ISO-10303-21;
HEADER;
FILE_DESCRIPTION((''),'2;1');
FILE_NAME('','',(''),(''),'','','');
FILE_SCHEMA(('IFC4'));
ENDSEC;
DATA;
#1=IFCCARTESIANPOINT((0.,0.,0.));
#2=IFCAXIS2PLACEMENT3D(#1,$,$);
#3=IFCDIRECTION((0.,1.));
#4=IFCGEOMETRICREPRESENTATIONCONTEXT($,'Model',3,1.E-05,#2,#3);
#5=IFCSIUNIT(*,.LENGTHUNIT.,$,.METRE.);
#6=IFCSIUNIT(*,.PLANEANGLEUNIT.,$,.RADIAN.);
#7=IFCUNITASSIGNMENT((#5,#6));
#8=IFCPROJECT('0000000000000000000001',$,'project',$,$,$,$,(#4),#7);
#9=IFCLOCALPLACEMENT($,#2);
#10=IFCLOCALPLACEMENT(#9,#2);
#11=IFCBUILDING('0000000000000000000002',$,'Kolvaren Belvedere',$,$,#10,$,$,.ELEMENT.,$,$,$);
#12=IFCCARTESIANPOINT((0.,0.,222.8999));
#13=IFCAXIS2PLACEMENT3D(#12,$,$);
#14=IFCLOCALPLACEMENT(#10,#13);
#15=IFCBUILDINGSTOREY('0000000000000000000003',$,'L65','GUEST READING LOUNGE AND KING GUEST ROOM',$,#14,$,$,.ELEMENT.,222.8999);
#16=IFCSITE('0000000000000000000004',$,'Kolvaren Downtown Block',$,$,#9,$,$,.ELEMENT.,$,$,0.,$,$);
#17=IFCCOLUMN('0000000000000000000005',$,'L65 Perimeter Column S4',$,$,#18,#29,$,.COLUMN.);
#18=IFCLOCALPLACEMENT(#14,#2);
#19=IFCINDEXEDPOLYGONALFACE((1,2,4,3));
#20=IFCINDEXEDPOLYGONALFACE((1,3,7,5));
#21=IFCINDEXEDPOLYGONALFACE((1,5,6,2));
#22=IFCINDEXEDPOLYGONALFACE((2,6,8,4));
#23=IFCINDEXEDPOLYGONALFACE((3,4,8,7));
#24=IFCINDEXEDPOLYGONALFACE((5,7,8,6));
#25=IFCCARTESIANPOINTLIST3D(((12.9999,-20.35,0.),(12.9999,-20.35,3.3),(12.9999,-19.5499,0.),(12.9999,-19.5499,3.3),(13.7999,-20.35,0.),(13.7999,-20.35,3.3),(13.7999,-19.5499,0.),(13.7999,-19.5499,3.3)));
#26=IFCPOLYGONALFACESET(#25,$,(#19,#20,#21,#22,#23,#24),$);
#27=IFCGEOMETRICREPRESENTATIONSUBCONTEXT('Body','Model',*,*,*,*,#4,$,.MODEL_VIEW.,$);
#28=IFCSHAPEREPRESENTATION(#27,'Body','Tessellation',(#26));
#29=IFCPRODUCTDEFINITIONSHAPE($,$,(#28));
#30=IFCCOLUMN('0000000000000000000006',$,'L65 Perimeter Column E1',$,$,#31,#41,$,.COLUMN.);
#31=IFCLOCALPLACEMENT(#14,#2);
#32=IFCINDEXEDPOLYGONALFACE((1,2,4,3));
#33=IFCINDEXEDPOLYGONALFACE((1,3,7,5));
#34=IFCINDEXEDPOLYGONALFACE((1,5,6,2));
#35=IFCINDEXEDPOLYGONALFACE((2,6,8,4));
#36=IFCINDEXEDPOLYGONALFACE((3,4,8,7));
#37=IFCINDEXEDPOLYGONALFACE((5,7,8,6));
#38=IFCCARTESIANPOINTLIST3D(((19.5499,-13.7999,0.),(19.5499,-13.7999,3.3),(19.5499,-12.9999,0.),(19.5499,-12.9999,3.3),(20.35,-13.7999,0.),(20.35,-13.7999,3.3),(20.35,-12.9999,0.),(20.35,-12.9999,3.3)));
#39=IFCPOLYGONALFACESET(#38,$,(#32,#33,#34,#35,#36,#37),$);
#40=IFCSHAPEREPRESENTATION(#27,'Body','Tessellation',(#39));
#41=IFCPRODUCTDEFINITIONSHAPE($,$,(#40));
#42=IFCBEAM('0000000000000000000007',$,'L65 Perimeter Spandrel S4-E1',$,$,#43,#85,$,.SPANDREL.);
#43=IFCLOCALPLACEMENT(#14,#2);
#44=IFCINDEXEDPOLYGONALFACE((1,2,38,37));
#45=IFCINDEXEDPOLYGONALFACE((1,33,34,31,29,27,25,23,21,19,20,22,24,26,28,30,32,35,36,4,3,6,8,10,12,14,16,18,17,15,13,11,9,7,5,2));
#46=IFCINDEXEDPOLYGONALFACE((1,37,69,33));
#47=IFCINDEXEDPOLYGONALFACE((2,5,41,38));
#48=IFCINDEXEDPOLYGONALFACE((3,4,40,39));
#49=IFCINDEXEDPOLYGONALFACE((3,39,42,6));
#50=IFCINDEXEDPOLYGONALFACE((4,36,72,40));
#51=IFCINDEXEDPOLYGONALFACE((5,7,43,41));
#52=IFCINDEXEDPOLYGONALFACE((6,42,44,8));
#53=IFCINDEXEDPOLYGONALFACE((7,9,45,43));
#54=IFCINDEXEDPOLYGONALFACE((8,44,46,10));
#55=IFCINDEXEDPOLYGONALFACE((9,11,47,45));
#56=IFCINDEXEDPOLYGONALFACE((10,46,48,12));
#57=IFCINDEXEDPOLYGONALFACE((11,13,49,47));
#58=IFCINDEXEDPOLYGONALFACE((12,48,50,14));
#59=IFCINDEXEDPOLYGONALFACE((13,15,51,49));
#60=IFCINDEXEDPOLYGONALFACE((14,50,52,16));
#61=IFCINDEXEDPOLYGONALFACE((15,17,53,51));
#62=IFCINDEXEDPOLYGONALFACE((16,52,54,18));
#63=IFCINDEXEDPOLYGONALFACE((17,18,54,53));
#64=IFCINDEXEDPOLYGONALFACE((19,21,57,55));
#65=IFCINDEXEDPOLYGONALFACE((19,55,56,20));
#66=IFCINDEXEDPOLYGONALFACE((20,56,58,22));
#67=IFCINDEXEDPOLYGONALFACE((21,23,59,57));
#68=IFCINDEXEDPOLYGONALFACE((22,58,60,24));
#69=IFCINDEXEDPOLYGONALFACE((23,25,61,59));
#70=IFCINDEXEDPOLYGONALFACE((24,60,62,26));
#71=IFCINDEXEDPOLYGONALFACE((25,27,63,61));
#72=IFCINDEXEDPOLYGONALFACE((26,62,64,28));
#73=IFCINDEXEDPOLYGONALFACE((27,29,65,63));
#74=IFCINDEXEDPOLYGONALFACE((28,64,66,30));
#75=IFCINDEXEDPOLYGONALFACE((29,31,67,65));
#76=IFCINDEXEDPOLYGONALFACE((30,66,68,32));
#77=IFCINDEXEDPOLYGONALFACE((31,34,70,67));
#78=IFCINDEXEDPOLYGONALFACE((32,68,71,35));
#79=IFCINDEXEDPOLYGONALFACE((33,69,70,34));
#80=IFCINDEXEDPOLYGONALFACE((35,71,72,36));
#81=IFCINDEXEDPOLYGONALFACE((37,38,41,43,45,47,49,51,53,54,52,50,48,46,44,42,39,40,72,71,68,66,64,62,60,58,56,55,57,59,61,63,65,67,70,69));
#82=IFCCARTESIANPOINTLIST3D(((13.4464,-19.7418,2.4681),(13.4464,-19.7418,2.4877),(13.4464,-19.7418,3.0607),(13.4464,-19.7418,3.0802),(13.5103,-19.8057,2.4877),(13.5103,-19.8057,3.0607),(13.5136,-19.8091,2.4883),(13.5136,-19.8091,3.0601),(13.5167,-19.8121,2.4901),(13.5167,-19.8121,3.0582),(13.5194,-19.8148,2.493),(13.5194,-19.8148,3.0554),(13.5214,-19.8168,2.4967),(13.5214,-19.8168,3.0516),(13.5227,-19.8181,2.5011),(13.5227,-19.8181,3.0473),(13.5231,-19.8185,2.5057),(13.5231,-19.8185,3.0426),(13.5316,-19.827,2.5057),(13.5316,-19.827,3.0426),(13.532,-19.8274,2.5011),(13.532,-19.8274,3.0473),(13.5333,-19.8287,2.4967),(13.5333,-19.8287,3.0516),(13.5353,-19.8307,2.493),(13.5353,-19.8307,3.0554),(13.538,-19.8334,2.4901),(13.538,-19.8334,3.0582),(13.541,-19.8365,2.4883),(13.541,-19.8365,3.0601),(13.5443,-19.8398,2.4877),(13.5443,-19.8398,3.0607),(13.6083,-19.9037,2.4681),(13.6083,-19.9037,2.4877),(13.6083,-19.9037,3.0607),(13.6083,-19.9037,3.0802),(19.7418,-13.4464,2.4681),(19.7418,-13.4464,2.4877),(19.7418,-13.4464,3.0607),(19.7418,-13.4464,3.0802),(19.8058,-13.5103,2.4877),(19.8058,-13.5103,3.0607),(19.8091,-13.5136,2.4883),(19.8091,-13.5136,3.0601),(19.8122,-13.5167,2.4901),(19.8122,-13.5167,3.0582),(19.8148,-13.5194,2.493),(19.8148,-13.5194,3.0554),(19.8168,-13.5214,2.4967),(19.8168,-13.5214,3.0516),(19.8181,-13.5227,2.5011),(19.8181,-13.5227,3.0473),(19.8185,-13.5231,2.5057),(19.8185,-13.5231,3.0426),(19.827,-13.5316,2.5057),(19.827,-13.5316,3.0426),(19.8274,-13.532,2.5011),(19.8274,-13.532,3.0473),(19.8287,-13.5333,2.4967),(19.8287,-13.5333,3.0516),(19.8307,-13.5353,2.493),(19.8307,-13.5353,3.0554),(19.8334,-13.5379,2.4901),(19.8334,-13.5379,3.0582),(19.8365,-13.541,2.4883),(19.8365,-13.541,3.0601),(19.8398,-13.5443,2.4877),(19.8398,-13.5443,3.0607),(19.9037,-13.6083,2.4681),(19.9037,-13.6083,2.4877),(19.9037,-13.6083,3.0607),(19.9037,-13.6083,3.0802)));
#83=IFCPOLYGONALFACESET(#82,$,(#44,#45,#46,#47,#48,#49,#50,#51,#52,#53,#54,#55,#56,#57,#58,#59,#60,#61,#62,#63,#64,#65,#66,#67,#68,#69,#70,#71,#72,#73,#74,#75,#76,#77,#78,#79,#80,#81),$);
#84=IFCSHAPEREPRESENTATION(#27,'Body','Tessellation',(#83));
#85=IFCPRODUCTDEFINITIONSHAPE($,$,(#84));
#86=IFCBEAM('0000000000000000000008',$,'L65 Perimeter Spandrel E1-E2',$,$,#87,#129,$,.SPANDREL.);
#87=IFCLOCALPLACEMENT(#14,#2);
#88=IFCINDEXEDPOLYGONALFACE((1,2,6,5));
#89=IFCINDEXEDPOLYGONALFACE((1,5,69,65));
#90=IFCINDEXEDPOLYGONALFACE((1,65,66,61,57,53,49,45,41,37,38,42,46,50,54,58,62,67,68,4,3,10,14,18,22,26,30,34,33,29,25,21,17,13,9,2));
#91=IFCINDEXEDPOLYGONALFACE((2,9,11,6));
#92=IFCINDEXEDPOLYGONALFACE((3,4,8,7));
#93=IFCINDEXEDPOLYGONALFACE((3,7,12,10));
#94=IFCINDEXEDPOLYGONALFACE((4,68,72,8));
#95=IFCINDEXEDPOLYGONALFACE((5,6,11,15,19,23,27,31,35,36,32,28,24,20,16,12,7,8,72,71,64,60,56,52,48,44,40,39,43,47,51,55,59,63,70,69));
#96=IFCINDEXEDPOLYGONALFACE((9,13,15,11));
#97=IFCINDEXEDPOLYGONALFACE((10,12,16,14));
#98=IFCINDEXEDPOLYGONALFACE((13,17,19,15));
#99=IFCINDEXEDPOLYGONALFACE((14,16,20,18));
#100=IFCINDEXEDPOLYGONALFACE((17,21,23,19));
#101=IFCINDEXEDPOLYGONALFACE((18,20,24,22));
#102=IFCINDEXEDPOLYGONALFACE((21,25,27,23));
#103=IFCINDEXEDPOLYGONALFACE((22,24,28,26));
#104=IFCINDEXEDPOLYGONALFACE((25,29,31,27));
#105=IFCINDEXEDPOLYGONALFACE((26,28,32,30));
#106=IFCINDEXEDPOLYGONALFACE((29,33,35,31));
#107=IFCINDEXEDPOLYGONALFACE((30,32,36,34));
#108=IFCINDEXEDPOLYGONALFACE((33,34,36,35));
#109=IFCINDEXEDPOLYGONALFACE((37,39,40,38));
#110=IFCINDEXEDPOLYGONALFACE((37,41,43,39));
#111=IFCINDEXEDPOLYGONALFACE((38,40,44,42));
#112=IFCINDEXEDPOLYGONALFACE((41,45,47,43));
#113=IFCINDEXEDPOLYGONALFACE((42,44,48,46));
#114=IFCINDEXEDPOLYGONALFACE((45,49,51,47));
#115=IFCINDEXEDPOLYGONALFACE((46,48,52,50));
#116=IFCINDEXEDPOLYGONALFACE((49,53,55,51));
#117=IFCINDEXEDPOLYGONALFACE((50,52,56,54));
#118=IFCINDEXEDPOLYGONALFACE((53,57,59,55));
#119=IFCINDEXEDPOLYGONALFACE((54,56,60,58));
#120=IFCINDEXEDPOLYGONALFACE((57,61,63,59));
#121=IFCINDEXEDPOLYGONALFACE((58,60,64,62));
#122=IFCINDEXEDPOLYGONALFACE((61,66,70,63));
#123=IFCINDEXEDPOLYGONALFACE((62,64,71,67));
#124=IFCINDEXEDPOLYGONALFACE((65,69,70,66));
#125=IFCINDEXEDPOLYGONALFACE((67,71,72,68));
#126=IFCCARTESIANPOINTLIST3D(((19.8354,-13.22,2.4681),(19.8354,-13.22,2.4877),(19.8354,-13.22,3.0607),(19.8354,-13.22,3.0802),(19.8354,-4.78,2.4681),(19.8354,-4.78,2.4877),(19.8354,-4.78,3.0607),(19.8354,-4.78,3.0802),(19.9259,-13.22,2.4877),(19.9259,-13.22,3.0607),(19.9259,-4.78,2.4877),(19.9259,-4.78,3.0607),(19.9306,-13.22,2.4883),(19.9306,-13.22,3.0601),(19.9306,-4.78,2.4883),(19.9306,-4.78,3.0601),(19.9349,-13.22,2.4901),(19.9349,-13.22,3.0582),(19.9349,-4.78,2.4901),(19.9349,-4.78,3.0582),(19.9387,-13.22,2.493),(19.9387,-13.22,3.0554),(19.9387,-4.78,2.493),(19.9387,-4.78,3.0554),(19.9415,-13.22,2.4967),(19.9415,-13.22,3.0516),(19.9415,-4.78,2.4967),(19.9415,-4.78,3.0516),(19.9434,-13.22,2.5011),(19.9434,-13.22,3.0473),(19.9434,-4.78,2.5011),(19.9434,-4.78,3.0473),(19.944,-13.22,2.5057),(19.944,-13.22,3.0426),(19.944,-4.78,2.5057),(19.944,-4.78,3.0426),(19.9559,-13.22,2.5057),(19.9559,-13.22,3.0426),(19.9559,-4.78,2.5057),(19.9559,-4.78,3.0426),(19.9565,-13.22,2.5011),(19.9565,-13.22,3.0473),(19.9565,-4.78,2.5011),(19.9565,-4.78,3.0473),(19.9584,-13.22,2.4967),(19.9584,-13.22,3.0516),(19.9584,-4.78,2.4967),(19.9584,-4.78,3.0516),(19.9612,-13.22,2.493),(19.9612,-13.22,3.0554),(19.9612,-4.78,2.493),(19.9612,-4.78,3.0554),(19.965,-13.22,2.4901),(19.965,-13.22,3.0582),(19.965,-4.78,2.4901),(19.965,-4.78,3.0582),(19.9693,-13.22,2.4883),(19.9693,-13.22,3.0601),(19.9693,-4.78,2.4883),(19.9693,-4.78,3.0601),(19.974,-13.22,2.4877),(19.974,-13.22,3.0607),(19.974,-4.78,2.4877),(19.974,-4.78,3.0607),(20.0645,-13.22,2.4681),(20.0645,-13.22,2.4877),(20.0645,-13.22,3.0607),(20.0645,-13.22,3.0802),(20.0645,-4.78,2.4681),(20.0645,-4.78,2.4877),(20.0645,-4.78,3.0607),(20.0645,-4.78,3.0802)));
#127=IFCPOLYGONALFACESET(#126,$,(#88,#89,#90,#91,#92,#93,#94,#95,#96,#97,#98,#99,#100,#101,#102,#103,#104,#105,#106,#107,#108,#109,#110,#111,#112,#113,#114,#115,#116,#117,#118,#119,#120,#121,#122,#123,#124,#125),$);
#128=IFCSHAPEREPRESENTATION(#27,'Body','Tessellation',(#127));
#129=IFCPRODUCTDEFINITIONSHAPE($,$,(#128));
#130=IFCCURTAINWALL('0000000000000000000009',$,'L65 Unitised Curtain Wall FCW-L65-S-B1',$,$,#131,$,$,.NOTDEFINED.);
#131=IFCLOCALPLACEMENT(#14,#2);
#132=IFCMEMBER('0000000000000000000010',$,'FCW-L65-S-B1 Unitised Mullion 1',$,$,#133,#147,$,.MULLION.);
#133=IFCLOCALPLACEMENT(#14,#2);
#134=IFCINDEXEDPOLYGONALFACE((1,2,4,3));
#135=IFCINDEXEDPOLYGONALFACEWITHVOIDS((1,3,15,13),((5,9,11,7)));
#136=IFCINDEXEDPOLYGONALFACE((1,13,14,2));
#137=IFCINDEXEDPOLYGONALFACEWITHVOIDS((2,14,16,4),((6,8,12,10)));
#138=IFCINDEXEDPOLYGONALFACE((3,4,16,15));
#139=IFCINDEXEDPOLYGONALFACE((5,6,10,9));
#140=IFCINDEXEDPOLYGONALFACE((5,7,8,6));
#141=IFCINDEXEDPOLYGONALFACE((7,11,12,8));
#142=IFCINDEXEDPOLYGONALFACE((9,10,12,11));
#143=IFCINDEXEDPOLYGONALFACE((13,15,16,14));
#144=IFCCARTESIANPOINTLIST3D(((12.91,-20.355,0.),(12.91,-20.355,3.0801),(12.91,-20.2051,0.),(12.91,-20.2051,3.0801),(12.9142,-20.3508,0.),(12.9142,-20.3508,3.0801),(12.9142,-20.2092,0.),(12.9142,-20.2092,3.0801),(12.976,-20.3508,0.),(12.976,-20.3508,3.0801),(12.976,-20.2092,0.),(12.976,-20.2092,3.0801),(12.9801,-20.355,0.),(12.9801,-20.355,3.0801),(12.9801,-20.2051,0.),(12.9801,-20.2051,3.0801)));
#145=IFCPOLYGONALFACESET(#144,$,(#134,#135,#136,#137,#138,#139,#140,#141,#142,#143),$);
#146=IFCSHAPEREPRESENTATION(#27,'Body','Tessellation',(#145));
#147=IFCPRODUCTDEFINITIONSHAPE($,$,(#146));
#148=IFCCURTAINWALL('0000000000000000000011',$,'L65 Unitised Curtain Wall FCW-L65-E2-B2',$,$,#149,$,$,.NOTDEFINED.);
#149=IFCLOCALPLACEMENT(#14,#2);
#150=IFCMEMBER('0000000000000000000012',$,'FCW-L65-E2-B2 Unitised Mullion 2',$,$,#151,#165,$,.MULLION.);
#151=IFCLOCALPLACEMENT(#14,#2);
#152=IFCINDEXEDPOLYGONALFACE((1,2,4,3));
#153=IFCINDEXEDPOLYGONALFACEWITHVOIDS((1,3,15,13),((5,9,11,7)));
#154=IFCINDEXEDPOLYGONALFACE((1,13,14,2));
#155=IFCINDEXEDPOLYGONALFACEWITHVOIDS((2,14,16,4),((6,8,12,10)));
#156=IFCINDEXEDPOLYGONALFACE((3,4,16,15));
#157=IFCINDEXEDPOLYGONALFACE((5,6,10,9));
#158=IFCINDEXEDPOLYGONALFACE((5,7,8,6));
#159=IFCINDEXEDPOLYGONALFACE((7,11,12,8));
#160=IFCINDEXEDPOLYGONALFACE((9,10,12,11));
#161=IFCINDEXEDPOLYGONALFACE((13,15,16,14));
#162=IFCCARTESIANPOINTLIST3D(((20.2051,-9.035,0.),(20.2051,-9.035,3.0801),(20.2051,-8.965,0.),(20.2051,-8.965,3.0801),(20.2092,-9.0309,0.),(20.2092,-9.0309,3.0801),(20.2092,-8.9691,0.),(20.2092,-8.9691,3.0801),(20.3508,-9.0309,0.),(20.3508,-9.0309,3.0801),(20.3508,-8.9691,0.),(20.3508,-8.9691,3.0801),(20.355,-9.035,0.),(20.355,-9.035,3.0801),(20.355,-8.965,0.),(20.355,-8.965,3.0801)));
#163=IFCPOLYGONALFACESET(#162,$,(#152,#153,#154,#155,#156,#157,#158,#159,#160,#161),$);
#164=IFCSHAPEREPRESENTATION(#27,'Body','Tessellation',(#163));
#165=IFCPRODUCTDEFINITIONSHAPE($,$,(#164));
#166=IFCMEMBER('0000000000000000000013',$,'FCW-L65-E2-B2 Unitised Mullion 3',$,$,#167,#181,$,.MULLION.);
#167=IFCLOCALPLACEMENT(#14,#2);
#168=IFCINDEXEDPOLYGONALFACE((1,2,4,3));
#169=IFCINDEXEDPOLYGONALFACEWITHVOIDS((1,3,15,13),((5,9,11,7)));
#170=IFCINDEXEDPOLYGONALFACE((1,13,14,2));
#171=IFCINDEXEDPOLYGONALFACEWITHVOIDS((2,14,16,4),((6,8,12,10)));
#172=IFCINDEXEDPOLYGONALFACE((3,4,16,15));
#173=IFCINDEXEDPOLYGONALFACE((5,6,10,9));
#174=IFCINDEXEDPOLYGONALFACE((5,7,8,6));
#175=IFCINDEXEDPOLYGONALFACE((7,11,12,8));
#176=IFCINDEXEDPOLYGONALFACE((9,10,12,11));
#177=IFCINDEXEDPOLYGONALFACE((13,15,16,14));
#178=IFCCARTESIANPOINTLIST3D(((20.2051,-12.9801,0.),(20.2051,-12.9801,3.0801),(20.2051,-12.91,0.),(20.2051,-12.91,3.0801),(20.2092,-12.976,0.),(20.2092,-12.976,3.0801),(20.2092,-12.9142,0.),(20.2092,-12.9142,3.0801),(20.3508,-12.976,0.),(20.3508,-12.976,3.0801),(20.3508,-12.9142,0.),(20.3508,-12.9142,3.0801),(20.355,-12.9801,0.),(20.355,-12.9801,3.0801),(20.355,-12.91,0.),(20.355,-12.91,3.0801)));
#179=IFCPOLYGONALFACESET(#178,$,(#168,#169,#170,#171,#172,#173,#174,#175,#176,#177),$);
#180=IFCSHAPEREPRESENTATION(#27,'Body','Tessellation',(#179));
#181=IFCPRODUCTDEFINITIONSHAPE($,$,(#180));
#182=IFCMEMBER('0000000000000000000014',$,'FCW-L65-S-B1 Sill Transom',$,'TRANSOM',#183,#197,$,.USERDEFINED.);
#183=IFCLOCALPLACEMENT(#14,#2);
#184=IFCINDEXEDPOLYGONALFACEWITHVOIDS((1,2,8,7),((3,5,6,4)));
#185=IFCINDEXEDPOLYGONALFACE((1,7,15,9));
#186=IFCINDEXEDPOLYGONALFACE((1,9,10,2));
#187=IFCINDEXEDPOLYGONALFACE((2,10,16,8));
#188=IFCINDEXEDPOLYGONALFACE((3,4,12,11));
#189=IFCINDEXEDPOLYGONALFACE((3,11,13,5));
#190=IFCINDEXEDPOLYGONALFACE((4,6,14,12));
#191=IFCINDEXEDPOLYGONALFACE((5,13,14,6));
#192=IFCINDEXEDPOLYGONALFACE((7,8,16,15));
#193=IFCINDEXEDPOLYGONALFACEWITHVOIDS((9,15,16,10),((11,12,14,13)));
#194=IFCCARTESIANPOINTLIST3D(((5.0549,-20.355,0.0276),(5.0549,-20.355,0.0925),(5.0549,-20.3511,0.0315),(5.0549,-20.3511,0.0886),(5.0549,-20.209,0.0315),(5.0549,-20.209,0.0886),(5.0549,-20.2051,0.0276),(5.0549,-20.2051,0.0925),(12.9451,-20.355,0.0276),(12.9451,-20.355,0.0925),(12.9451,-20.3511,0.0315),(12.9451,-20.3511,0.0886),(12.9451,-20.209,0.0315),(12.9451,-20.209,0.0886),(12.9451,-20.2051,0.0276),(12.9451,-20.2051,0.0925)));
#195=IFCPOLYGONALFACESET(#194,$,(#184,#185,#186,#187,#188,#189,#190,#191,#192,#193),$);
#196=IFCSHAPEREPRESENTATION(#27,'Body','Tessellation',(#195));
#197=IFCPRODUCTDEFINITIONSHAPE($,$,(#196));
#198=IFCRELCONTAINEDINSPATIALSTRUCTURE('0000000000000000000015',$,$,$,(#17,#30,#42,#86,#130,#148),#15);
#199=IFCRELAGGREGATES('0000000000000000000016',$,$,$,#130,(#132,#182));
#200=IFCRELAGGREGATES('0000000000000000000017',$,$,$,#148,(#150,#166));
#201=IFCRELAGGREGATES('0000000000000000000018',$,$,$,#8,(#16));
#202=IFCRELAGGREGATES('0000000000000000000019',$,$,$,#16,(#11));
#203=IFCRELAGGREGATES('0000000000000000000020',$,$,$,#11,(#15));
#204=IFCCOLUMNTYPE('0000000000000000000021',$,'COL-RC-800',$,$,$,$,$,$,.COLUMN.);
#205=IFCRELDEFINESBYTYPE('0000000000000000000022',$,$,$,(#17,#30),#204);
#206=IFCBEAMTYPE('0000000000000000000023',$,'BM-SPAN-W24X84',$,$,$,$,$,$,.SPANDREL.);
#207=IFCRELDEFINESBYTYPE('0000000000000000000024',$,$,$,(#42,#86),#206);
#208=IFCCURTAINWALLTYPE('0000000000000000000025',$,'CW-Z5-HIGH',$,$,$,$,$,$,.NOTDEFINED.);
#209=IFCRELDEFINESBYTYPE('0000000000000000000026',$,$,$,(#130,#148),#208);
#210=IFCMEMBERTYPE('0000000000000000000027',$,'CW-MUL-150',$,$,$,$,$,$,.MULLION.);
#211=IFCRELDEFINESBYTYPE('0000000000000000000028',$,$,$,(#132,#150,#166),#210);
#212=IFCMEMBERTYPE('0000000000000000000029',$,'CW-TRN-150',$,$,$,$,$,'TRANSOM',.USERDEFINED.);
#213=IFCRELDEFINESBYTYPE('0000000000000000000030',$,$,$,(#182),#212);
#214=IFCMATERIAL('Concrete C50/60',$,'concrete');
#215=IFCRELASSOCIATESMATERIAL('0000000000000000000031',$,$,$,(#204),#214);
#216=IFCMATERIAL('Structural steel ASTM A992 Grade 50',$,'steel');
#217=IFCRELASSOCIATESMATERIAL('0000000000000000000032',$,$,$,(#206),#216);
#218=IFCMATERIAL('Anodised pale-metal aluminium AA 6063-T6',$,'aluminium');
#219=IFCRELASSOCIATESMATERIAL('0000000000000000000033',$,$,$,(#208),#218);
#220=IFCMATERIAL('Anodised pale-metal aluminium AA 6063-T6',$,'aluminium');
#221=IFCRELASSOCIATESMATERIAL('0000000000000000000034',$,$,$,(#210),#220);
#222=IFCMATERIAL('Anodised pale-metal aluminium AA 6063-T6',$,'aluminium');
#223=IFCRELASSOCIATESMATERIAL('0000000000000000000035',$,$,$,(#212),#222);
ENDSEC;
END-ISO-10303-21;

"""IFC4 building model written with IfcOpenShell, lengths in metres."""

from ifc_helpers import new_model, si_unit, direction, frame, origin, origin_2d, place, context, subcontext, project, spatial, rectangle, hollow_rectangle, i_section, extrude, material, material_profile, profile_set, type_object, element, aggregate, save


model = new_model("IFC4")

# Units and contexts
model_context = context("Model", 3, precision=1e-05, world=origin(), true_north=direction((0.0, 1.0)))
body_context = subcontext(model_context, "Body", "Model", "MODEL_VIEW")
ifc_project = project(units=[si_unit("LENGTHUNIT", "METRE"), si_unit("PLANEANGLEUNIT", "RADIAN")], contexts=[model_context])

# Site, building, storey
site_placement = place(None, origin())
site = spatial("IfcSite", under=ifc_project, at=site_placement, Name="Kolvaren Downtown Block", CompositionType="ELEMENT", RefElevation=0.0)
building_placement = place(site_placement, origin())
building = spatial("IfcBuilding", under=site, at=building_placement, Name="Kolvaren Belvedere", CompositionType="ELEMENT")
storey_placement = place(building_placement, frame((0.0, 0.0, 222.8999)))
storey = spatial("IfcBuildingStorey", under=building, at=storey_placement, Name="L65", Description="GUEST READING LOUNGE AND KING GUEST ROOM", CompositionType="ELEMENT", Elevation=222.8999)

# Columns
ifc_material_1 = material(Name="Concrete C50/60", Category="concrete")
ifc_material_profile_1 = material_profile(ifc_material_1, rectangle(XDim=0.8, YDim=0.8, at=origin_2d()), Name="RC 800X800")
ifc_profile_set_1 = profile_set([ifc_material_profile_1], Name="Concrete C50/60")
column_type = type_object("IfcColumnType", Name="COL-RC-800", PredefinedType="COLUMN", material=ifc_profile_set_1)
for number, where, z_axis, x_axis, name in (
    (1, (13.3999, -19.95, 0.0), (0.0, 0.0, 1.0), (1.0, 0.0, 0.0), "L65 Perimeter Column S4"),
    (2, (19.95, -13.3999, 0.0), (0.0, 0.0, 1.0), (1.0, 0.0, 0.0), "L65 Perimeter Column E1"),
):
    element("IfcColumn", number, at=place(storey_placement, frame(where, z_axis=z_axis, x_axis=x_axis)), inside=storey, type_object=column_type, Name=name, PredefinedType="COLUMN", context=body_context, shape_type="SweptSolid", body=[
        extrude(rectangle(XDim=0.8, YDim=0.8, at=origin_2d()), origin(), (0.0, 0.0, 1.0), 3.3),
    ])

# Beams
ifc_material_2 = material(Name="Structural steel ASTM A992 Grade 50", Category="steel")
ifc_material_profile_2 = material_profile(ifc_material_2, i_section(OverallWidth=0.229, OverallDepth=0.6121, WebThickness=0.012, FlangeThickness=0.0195, FilletRadius=0.0181, at=origin_2d()), Name="W24X84")
ifc_profile_set_2 = profile_set([ifc_material_profile_2], Name="Structural steel ASTM A992 Grade 50")
beam_type = type_object("IfcBeamType", Name="BM-SPAN-W24X84", PredefinedType="SPANDREL", material=ifc_profile_set_2)
beam_1_placement = place(storey_placement, frame((13.5273, -19.8228, 2.7742), z_axis=(0.707107, 0.707107, 0.0), x_axis=(-0.707107, 0.707107, 0.0)))
element("IfcBeam", 3, at=beam_1_placement, inside=storey, type_object=beam_type, Name="L65 Perimeter Spandrel S4-E1", PredefinedType="SPANDREL", context=body_context, shape_type="SweptSolid", body=[
    extrude(i_section(OverallWidth=0.229, OverallDepth=0.6121, WebThickness=0.012, FlangeThickness=0.0195, FilletRadius=0.0181, at=origin_2d()), origin(), (0.0, 0.0, 1.0), 8.9031),
])
beam_2_placement = place(storey_placement, frame((19.95, -13.22, 2.7742), z_axis=(0.0, 1.0, 0.0), x_axis=(-1.0, 0.0, 0.0)))
element("IfcBeam", 4, at=beam_2_placement, inside=storey, type_object=beam_type, Name="L65 Perimeter Spandrel E1-E2", PredefinedType="SPANDREL", context=body_context, shape_type="SweptSolid", body=[
    extrude(i_section(OverallWidth=0.229, OverallDepth=0.6121, WebThickness=0.012, FlangeThickness=0.0195, FilletRadius=0.0181, at=origin_2d()), origin(), (0.0, 0.0, 1.0), 8.4399),
])

# Curtain wall, member
ifc_material_3 = material(Name="Anodised pale-metal aluminium AA 6063-T6", Category="aluminium")
curtain_wall_type = type_object("IfcCurtainWallType", Name="CW-Z5-HIGH", PredefinedType="NOTDEFINED", material=ifc_material_3)
curtain_wall_1_placement = place(storey_placement, origin())
curtain_wall_1 = element("IfcCurtainWall", 5, at=curtain_wall_1_placement, inside=storey, type_object=curtain_wall_type, Name="L65 Unitised Curtain Wall FCW-L65-S-B1", PredefinedType="NOTDEFINED")
ifc_material_4 = material(Name="Anodised pale-metal aluminium AA 6063-T6", Category="aluminium")
ifc_material_profile_3 = material_profile(ifc_material_4, hollow_rectangle(XDim=0.0701, YDim=0.1499, WallThickness=0.0042, at=origin_2d()), Name="ALU-MUL-150X70")
ifc_profile_set_3 = profile_set([ifc_material_profile_3], Name="Anodised pale-metal aluminium AA 6063-T6")
member_type_1 = type_object("IfcMemberType", Name="CW-MUL-150", PredefinedType="MULLION", material=ifc_profile_set_3)
member_1_placement = place(storey_placement, frame((12.9451, -20.28, 0.0), z_axis=(0.0, 0.0, 1.0), x_axis=(1.0, 0.0, 0.0)))
member_1 = element("IfcMember", 6, at=member_1_placement, type_object=member_type_1, Name="FCW-L65-S-B1 Unitised Mullion 1", PredefinedType="MULLION", context=body_context, shape_type="SweptSolid", body=[
    extrude(hollow_rectangle(XDim=0.0701, YDim=0.1499, WallThickness=0.0042, at=origin_2d()), origin(), (0.0, 0.0, 1.0), 3.0801),
])

# Curtain wall, members
curtain_wall_2_placement = place(storey_placement, origin())
curtain_wall_2 = element("IfcCurtainWall", 7, at=curtain_wall_2_placement, inside=storey, type_object=curtain_wall_type, Name="L65 Unitised Curtain Wall FCW-L65-E2-B2", PredefinedType="NOTDEFINED")
member_2_placement = place(storey_placement, frame((20.28, -9.0, 0.0), z_axis=(0.0, 0.0, 1.0), x_axis=(0.0, 1.0, 0.0)))
member_2 = element("IfcMember", 8, at=member_2_placement, type_object=member_type_1, Name="FCW-L65-E2-B2 Unitised Mullion 2", PredefinedType="MULLION", context=body_context, shape_type="SweptSolid", body=[
    extrude(hollow_rectangle(XDim=0.0701, YDim=0.1499, WallThickness=0.0042, at=origin_2d()), origin(), (0.0, 0.0, 1.0), 3.0801),
])
member_3_placement = place(storey_placement, frame((20.28, -12.9451, 0.0), z_axis=(0.0, 0.0, 1.0), x_axis=(0.0, 1.0, 0.0)))
member_3 = element("IfcMember", 9, at=member_3_placement, type_object=member_type_1, Name="FCW-L65-E2-B2 Unitised Mullion 3", PredefinedType="MULLION", context=body_context, shape_type="SweptSolid", body=[
    extrude(hollow_rectangle(XDim=0.0701, YDim=0.1499, WallThickness=0.0042, at=origin_2d()), origin(), (0.0, 0.0, 1.0), 3.0801),
])

# Member
ifc_material_5 = material(Name="Anodised pale-metal aluminium AA 6063-T6", Category="aluminium")
ifc_material_profile_4 = material_profile(ifc_material_5, hollow_rectangle(XDim=0.0649, YDim=0.1499, WallThickness=0.0039, at=origin_2d()), Name="ALU-TRN-150X65")
ifc_profile_set_4 = profile_set([ifc_material_profile_4], Name="Anodised pale-metal aluminium AA 6063-T6")
member_type_2 = type_object("IfcMemberType", Name="CW-TRN-150", ElementType="TRANSOM", PredefinedType="USERDEFINED", material=ifc_profile_set_4)
member_4_placement = place(storey_placement, frame((12.9451, -20.28, 0.0601), z_axis=(-1.0, 0.0, 0.0), x_axis=(0.0, 0.0, 1.0)))
member_4 = element("IfcMember", 10, at=member_4_placement, type_object=member_type_2, Name="FCW-L65-S-B1 Sill Transom", ObjectType="TRANSOM", PredefinedType="USERDEFINED", context=body_context, shape_type="SweptSolid", body=[
    extrude(hollow_rectangle(XDim=0.0649, YDim=0.1499, WallThickness=0.0039, at=origin_2d()), origin(), (0.0, 0.0, 1.0), 7.8901),
])
aggregate(curtain_wall_1, [member_1, member_4])

aggregate(curtain_wall_2, [member_2, member_3])

save(model, "model.ifc")
